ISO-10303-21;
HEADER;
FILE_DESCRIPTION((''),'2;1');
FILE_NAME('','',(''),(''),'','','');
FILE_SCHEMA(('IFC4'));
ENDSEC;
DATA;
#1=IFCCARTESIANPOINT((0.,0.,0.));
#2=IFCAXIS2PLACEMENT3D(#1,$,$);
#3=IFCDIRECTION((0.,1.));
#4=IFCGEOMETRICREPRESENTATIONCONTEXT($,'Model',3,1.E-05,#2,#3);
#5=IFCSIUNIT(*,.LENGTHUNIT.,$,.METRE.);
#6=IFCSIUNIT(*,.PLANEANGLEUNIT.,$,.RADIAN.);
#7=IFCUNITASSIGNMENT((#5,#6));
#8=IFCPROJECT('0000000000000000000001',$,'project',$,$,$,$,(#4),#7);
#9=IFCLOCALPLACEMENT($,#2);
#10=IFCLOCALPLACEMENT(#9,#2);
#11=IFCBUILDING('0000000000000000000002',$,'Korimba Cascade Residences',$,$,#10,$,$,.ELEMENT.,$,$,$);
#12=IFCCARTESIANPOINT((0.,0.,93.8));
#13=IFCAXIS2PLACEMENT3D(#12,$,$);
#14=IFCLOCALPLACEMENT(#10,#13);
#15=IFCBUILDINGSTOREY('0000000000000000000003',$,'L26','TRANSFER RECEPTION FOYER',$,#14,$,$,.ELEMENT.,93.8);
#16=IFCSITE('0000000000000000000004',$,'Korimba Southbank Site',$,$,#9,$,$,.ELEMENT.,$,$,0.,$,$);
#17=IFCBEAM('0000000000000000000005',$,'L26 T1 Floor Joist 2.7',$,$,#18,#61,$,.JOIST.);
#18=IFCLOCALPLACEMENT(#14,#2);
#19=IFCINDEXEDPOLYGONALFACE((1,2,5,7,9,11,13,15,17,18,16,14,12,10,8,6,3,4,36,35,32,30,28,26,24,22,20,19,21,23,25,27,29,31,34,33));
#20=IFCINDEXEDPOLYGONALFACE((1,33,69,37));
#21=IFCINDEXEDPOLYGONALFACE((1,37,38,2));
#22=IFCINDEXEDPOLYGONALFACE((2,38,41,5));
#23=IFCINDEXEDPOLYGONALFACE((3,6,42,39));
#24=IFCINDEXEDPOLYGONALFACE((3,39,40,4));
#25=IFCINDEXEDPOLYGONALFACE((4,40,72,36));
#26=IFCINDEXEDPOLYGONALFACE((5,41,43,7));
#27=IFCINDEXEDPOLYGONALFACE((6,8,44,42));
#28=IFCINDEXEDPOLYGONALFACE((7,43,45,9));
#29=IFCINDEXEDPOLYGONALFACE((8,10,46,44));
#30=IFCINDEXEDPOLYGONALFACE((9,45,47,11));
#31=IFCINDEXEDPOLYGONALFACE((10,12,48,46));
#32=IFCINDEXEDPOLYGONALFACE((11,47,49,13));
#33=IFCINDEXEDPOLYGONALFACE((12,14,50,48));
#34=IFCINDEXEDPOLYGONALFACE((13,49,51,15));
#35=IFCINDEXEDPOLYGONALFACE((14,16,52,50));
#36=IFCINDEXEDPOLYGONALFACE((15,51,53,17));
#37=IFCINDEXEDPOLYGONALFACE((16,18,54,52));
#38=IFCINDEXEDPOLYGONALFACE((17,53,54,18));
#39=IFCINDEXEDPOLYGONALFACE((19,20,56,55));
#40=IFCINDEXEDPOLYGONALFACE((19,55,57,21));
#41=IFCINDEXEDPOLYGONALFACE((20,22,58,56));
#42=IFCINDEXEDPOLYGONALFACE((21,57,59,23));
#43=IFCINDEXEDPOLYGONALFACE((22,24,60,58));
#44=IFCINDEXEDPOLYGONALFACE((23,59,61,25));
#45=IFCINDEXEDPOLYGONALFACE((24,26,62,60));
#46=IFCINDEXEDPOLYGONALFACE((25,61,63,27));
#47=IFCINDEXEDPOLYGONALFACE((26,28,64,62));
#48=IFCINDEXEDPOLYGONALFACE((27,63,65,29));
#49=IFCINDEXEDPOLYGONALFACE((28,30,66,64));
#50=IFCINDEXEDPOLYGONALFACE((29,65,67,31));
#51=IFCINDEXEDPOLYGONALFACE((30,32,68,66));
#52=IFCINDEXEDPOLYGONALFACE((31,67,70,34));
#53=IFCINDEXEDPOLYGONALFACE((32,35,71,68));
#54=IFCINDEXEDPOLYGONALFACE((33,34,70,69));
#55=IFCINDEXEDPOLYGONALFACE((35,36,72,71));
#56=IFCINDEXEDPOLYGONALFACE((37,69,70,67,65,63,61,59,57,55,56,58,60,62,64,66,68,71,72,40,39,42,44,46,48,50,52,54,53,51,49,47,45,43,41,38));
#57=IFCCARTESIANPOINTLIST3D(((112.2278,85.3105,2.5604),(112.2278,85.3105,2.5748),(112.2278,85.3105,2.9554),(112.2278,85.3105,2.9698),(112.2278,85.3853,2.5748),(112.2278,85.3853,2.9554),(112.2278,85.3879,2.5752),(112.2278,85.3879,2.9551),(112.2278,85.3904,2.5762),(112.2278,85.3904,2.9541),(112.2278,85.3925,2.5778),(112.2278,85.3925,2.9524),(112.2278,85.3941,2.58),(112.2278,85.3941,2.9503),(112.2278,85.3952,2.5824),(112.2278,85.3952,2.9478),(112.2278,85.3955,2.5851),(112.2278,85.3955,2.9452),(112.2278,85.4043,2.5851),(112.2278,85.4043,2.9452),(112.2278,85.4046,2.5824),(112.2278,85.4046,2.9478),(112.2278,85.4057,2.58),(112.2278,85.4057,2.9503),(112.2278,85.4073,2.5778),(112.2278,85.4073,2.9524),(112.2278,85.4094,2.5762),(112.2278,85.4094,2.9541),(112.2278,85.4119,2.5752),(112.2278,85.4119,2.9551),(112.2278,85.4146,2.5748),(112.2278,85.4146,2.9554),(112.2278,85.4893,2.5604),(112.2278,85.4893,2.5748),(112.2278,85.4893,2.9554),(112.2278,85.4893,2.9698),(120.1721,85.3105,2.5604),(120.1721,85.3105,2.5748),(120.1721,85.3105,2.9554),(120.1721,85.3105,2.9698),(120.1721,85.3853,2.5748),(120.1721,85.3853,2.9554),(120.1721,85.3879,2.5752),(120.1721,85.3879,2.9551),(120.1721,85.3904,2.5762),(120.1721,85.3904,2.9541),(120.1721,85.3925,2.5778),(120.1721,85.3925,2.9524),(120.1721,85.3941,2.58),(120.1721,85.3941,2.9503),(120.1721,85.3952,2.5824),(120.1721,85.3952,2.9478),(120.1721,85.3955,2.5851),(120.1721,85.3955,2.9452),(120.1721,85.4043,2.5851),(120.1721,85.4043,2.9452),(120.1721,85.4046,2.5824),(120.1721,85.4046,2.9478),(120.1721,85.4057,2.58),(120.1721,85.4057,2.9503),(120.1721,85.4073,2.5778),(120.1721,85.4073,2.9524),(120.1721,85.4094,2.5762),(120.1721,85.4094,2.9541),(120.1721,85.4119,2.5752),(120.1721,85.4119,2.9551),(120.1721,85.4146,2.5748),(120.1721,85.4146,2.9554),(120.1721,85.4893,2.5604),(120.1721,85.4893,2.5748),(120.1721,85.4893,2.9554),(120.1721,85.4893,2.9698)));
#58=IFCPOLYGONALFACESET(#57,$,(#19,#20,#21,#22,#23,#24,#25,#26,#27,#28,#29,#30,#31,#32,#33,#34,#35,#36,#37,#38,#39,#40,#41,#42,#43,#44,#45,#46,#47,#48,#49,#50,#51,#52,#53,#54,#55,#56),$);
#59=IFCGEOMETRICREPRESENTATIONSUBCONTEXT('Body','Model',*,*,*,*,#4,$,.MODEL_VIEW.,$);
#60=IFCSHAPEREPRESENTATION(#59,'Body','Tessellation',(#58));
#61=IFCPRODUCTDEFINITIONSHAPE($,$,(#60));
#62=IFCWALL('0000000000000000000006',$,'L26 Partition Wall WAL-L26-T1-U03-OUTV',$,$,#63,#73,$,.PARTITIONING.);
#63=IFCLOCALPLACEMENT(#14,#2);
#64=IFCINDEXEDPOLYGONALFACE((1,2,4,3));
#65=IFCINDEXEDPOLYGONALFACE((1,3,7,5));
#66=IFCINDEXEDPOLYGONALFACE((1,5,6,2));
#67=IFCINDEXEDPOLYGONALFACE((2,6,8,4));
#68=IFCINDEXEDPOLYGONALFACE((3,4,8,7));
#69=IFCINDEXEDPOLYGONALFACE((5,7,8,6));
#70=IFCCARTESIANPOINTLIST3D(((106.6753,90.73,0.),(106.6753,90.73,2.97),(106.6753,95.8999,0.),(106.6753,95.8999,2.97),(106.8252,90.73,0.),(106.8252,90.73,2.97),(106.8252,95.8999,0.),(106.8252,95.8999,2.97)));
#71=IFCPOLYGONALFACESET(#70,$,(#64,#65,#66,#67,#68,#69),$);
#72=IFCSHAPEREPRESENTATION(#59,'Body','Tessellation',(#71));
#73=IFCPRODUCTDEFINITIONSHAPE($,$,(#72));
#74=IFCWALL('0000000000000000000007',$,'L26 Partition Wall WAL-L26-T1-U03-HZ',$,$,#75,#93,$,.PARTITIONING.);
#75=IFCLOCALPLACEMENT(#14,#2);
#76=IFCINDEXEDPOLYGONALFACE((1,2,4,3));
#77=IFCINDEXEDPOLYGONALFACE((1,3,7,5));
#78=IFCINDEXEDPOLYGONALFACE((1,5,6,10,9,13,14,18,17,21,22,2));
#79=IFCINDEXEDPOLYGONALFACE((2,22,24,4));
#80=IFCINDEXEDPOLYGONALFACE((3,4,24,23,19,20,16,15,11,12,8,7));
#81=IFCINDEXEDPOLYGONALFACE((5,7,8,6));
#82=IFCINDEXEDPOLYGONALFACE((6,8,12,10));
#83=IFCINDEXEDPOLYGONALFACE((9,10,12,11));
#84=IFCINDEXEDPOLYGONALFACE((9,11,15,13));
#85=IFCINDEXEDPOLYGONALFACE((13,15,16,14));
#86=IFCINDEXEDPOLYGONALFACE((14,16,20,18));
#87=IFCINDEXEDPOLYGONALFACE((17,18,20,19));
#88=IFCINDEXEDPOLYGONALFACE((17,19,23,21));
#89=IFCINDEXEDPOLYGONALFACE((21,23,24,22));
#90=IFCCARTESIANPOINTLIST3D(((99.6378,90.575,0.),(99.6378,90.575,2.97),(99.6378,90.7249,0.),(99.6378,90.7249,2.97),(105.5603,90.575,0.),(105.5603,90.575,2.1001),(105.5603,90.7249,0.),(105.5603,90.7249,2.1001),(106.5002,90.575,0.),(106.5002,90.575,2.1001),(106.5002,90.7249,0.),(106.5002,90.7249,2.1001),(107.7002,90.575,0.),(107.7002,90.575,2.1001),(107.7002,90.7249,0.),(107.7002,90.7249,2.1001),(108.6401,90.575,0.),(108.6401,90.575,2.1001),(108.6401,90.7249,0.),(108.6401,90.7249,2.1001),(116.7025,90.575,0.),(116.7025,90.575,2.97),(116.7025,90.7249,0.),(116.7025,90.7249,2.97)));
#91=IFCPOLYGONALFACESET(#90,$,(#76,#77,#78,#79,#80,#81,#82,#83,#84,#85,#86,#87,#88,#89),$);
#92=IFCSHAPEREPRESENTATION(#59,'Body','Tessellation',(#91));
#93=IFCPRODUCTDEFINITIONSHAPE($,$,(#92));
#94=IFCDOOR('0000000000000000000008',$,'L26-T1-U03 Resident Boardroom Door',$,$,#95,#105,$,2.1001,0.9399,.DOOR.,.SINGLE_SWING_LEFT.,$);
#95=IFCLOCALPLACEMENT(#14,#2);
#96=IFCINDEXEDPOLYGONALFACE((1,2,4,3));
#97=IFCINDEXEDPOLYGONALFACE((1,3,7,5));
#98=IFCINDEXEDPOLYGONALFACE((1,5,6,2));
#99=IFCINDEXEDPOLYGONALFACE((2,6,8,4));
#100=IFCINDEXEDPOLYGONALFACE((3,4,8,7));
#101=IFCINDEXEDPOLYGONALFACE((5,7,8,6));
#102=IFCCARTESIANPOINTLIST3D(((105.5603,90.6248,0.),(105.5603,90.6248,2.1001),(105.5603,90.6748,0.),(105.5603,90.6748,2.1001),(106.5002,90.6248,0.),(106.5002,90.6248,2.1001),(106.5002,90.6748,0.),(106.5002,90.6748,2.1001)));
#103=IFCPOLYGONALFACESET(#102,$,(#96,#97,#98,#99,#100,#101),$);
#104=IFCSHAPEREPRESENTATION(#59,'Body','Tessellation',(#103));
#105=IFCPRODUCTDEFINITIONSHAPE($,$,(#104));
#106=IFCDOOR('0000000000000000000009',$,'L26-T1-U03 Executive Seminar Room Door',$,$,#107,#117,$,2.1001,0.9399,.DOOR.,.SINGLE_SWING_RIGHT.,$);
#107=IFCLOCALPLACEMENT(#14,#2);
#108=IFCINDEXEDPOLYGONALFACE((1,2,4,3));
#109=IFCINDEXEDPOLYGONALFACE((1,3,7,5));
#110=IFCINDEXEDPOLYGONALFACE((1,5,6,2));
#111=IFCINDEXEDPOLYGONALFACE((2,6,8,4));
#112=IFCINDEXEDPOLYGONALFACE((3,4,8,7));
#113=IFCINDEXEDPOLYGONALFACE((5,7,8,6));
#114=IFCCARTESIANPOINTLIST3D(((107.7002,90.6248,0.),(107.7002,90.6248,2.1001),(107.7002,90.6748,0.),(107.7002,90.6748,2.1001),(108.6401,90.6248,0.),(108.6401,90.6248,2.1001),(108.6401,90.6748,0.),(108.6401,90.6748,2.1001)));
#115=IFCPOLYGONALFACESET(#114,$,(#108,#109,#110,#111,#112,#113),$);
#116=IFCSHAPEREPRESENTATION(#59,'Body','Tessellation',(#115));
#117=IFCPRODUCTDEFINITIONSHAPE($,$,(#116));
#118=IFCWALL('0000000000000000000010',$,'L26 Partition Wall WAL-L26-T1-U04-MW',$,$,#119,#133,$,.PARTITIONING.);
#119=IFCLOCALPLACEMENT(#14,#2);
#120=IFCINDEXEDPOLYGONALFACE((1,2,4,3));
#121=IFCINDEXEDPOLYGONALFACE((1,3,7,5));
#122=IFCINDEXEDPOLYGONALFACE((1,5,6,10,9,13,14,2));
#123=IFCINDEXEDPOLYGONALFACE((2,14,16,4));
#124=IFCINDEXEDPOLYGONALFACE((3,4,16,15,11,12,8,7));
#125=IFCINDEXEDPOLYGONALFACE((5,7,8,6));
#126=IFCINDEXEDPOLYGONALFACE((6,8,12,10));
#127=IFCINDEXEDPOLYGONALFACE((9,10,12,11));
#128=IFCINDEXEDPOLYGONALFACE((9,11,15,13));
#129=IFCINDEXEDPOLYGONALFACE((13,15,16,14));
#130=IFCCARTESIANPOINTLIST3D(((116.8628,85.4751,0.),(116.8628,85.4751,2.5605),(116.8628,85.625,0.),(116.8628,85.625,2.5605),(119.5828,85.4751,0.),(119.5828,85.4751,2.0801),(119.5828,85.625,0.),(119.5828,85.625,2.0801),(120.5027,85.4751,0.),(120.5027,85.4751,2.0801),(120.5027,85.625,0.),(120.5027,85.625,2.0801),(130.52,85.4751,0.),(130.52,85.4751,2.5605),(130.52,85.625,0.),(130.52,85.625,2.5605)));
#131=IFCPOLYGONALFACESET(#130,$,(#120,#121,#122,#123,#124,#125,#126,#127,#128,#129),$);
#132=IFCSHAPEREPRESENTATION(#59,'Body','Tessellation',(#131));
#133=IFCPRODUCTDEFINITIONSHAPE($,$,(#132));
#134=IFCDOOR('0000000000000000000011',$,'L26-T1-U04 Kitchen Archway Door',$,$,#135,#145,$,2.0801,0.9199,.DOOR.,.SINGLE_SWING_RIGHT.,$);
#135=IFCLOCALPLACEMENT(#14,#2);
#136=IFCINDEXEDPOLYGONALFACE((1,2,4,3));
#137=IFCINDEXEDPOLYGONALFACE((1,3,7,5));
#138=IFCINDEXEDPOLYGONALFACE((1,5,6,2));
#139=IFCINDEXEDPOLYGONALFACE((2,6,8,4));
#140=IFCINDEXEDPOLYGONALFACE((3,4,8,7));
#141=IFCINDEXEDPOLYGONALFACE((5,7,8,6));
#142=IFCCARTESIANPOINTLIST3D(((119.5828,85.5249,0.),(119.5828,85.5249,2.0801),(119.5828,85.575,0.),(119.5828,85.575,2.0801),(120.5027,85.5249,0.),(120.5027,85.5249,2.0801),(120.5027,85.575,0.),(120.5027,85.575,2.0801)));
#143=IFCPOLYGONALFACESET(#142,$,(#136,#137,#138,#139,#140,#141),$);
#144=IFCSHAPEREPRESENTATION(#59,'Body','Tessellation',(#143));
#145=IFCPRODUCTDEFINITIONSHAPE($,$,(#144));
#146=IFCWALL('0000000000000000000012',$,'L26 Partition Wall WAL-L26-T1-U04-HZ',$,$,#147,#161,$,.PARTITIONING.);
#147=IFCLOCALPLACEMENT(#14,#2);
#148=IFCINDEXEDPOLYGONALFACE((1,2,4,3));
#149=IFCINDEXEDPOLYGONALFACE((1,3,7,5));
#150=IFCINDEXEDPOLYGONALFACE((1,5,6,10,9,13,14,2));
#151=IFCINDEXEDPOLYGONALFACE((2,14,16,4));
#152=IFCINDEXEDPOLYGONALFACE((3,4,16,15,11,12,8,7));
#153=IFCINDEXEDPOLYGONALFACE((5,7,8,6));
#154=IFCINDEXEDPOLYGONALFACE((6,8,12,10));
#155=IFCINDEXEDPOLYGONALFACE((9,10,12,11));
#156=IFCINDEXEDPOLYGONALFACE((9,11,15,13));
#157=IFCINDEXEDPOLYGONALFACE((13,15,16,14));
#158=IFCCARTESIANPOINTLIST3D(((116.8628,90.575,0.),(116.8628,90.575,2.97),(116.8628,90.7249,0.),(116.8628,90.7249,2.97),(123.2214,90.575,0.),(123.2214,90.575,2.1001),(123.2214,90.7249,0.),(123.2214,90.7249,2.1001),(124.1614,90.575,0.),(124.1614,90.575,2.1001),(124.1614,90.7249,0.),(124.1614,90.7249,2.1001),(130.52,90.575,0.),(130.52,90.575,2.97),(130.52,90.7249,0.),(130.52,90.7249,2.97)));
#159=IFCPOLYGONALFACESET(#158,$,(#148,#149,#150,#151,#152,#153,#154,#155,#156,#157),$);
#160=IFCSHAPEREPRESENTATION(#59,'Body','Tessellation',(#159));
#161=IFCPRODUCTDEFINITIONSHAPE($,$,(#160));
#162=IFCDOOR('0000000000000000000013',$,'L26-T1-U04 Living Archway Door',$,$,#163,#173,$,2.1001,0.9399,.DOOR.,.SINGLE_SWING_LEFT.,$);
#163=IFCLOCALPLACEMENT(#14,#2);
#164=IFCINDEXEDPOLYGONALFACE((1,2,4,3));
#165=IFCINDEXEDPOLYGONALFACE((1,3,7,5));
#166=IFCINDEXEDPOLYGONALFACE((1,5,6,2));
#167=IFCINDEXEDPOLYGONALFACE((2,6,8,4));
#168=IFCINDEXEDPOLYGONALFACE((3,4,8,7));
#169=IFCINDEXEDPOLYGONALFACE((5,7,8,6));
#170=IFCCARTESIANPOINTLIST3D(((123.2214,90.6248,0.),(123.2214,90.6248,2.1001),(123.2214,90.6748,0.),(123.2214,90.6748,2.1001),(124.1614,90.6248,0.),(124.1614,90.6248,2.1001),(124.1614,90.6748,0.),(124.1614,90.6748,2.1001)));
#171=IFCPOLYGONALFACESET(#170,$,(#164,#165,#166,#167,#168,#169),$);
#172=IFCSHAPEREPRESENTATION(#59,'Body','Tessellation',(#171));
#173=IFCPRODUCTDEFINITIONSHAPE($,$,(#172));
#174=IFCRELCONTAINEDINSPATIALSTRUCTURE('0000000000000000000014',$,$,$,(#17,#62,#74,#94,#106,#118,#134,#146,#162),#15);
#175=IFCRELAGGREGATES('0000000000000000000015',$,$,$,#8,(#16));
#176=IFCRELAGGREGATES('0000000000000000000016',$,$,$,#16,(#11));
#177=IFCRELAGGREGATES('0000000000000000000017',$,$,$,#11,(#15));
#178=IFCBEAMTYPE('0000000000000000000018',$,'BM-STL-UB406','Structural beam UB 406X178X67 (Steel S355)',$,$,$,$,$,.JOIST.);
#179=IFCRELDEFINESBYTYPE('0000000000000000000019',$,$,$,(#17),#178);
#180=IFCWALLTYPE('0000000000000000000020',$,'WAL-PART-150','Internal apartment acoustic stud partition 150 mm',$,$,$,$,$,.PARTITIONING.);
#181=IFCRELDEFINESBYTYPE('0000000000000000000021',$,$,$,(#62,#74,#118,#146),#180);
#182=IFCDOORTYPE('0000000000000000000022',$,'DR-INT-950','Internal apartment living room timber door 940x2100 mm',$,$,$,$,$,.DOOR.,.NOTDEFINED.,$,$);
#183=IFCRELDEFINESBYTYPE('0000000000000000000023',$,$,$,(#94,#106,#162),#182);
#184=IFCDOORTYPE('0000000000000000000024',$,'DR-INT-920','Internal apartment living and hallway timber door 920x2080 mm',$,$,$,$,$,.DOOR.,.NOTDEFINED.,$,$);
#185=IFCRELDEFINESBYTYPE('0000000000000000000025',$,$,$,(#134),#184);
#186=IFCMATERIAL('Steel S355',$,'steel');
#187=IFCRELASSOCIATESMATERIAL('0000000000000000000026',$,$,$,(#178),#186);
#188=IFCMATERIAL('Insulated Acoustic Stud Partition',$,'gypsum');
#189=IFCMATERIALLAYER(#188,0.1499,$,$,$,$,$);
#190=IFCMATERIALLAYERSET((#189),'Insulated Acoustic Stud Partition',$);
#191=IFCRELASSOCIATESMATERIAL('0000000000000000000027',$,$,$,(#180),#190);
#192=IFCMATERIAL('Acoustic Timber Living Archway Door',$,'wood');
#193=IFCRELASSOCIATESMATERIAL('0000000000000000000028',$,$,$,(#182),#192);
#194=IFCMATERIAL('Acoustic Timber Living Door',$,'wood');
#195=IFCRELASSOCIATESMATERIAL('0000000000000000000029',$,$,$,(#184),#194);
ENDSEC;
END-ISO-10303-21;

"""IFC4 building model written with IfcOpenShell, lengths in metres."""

from ifc_helpers import new_model, si_unit, direction, frame, frame_2d, origin, origin_2d, place, context, subcontext, project, spatial, rectangle, i_section, extrude, material, layer, layer_set, material_profile, profile_set, type_object, element, fill, save


model = new_model("IFC4")

# Units and contexts
model_context = context("Model", 3, precision=1e-05, world=origin(), true_north=direction((0.0, 1.0)))
body_context = subcontext(model_context, "Body", "Model", "MODEL_VIEW")
ifc_project = project(units=[si_unit("LENGTHUNIT", "METRE"), si_unit("PLANEANGLEUNIT", "RADIAN")], contexts=[model_context])

# Site, building, storey
site_placement = place(None, origin())
site = spatial("IfcSite", under=ifc_project, at=site_placement, Name="Korimba Southbank Site", CompositionType="ELEMENT", RefElevation=0.0)
building_placement = place(site_placement, origin())
building = spatial("IfcBuilding", under=site, at=building_placement, Name="Korimba Cascade Residences", CompositionType="ELEMENT")
storey_placement = place(building_placement, frame((0.0, 0.0, 93.8)))
storey = spatial("IfcBuildingStorey", under=building, at=storey_placement, Name="L26", Description="TRANSFER RECEPTION FOYER", CompositionType="ELEMENT", Elevation=93.8)

# Beam
ifc_material_1 = material(Name="Steel S355", Category="steel")
ifc_material_profile_1 = material_profile(ifc_material_1, i_section(OverallWidth=0.1787, OverallDepth=0.4094, WebThickness=0.0088, FlangeThickness=0.0144, FilletRadius=0.0103, at=origin_2d()), Name="Steel S355")
ifc_profile_set_1 = profile_set([ifc_material_profile_1], Name="Steel S355")
beam_type_1 = type_object("IfcBeamType", Name="BM-STL-UB406", Description="Structural beam UB 406X178X67 (Steel S355)", PredefinedType="JOIST", material=ifc_profile_set_1)
beam_1_placement = place(storey_placement, frame((112.2278, 85.3999, 2.7651), z_axis=(1.0, 0.0, 0.0), x_axis=(0.0, 1.0, 0.0)))
element("IfcBeam", 1, at=beam_1_placement, inside=storey, type_object=beam_type_1, Name="L26 T1 Floor Joist 2.7", PredefinedType="JOIST", context=body_context, shape_type="SweptSolid", body=[
    extrude(i_section(OverallWidth=0.1787, OverallDepth=0.4094, WebThickness=0.0088, FlangeThickness=0.0144, FilletRadius=0.0103, at=origin_2d()), origin(), (0.0, 0.0, 1.0), 7.9443),
])

# Wall
ifc_material_2 = material(Name="Insulated Acoustic Stud Partition", Category="gypsum")
ifc_layer = layer(ifc_material_2, 0.1499)
ifc_layer_set = layer_set([ifc_layer], Name="Insulated Acoustic Stud Partition")
wall_type = type_object("IfcWallType", Name="WAL-PART-150", Description="Internal apartment acoustic stud partition 150 mm", PredefinedType="PARTITIONING", material=ifc_layer_set)
wall_1_placement = place(storey_placement, frame((106.7502, 90.73, 0.0), z_axis=(0.0, 0.0, 1.0), x_axis=(0.0, 1.0, 0.0)))
element("IfcWall", 2, at=wall_1_placement, inside=storey, type_object=wall_type, Name="L26 Partition Wall WAL-L26-T1-U03-OUTV", PredefinedType="PARTITIONING", context=body_context, shape_type="SweptSolid", body=[
    extrude(rectangle(XDim=5.1699, YDim=0.1499, at=frame_2d((2.585, 0.0))), origin(), (0.0, 0.0, 1.0), 2.97),
])

# Wall, openings, doors
wall_2_placement = place(storey_placement, frame((99.6379, 90.6499, 0.0), z_axis=(0.0, 0.0, 1.0), x_axis=(1.0, 0.0, 0.0)))
wall_2 = element("IfcWall", 3, at=wall_2_placement, inside=storey, type_object=wall_type, Name="L26 Partition Wall WAL-L26-T1-U03-HZ", PredefinedType="PARTITIONING", context=body_context, shape_type="SweptSolid", body=[
    extrude(rectangle(XDim=17.0647, YDim=0.1499, at=frame_2d((8.5322, 0.0))), origin(), (0.0, 0.0, 1.0), 2.97),
])
opening_1_placement = place(wall_2_placement, frame((5.9224, 0.0, 0.0)))
opening_1 = element("IfcOpeningElement", 4, at=opening_1_placement, cuts=wall_2, PredefinedType="OPENING", context=body_context, shape_type="SweptSolid", body=[
    extrude(rectangle(XDim=0.9399, YDim=2.1001, at=frame_2d((0.47, 1.05))), frame((0.0, 0.085, 0.0), z_axis=(0.0, -1.0, 0.0), x_axis=(1.0, 0.0, 0.0)), (0.0, 0.0, 1.0), 0.1699),
])
opening_2_placement = place(wall_2_placement, frame((8.0623, 0.0, 0.0)))
opening_2 = element("IfcOpeningElement", 5, at=opening_2_placement, cuts=wall_2, PredefinedType="OPENING", context=body_context, shape_type="SweptSolid", body=[
    extrude(rectangle(XDim=0.9399, YDim=2.1001, at=frame_2d((0.47, 1.05))), frame((0.0, 0.085, 0.0), z_axis=(0.0, -1.0, 0.0), x_axis=(1.0, 0.0, 0.0)), (0.0, 0.0, 1.0), 0.1699),
])
ifc_material_3 = material(Name="Acoustic Timber Living Archway Door", Category="wood")
door_type_1 = type_object("IfcDoorType", Name="DR-INT-950", Description="Internal apartment living room timber door 940x2100 mm", OperationType="NOTDEFINED", PredefinedType="DOOR", material=ifc_material_3)
door_1_placement = place(opening_1_placement, origin())
door_1 = element("IfcDoor", 6, at=door_1_placement, inside=storey, type_object=door_type_1, Name="L26-T1-U03 Resident Boardroom Door", OperationType="SINGLE_SWING_LEFT", OverallHeight=2.1001, OverallWidth=0.9399, PredefinedType="DOOR", context=body_context, shape_type="SweptSolid", body=[
    extrude(rectangle(XDim=0.9399, YDim=2.1001, at=frame_2d((0.47, 1.05))), frame((0.0, 0.0249, 0.0), z_axis=(0.0, -1.0, 0.0), x_axis=(1.0, 0.0, 0.0)), (0.0, 0.0, 1.0), 0.05),
])
fill(opening_1, door_1)
door_2_placement = place(opening_2_placement, origin())
door_2 = element("IfcDoor", 7, at=door_2_placement, inside=storey, type_object=door_type_1, Name="L26-T1-U03 Executive Seminar Room Door", OperationType="SINGLE_SWING_RIGHT", OverallHeight=2.1001, OverallWidth=0.9399, PredefinedType="DOOR", context=body_context, shape_type="SweptSolid", body=[
    extrude(rectangle(XDim=0.9399, YDim=2.1001, at=frame_2d((0.47, 1.05))), frame((0.0, 0.0249, 0.0), z_axis=(0.0, -1.0, 0.0), x_axis=(1.0, 0.0, 0.0)), (0.0, 0.0, 1.0), 0.05),
])
fill(opening_2, door_2)

# Walls, openings, doors
wall_3_placement = place(storey_placement, frame((116.8628, 85.55, 0.0), z_axis=(0.0, 0.0, 1.0), x_axis=(1.0, 0.0, 0.0)))
wall_3 = element("IfcWall", 8, at=wall_3_placement, inside=storey, type_object=wall_type, Name="L26 Partition Wall WAL-L26-T1-U04-MW", PredefinedType="PARTITIONING", context=body_context, shape_type="SweptSolid", body=[
    extrude(rectangle(XDim=13.6572, YDim=0.1499, at=frame_2d((6.8286, 0.0))), origin(), (0.0, 0.0, 1.0), 2.5605),
])
opening_3_placement = place(wall_3_placement, frame((2.72, 0.0, 0.0)))
opening_3 = element("IfcOpeningElement", 9, at=opening_3_placement, cuts=wall_3, PredefinedType="OPENING", context=body_context, shape_type="SweptSolid", body=[
    extrude(rectangle(XDim=0.9199, YDim=2.0801, at=frame_2d((0.46, 1.04))), frame((0.0, 0.085, 0.0), z_axis=(0.0, -1.0, 0.0), x_axis=(1.0, 0.0, 0.0)), (0.0, 0.0, 1.0), 0.1699),
])
ifc_material_4 = material(Name="Acoustic Timber Living Door", Category="wood")
door_type_2 = type_object("IfcDoorType", Name="DR-INT-920", Description="Internal apartment living and hallway timber door 920x2080 mm", OperationType="NOTDEFINED", PredefinedType="DOOR", material=ifc_material_4)
door_3_placement = place(opening_3_placement, origin())
door_3 = element("IfcDoor", 10, at=door_3_placement, inside=storey, type_object=door_type_2, Name="L26-T1-U04 Kitchen Archway Door", OperationType="SINGLE_SWING_RIGHT", OverallHeight=2.0801, OverallWidth=0.9199, PredefinedType="DOOR", context=body_context, shape_type="SweptSolid", body=[
    extrude(rectangle(XDim=0.9199, YDim=2.0801, at=frame_2d((0.46, 1.04))), frame((0.0, 0.0249, 0.0), z_axis=(0.0, -1.0, 0.0), x_axis=(1.0, 0.0, 0.0)), (0.0, 0.0, 1.0), 0.05),
])
fill(opening_3, door_3)
wall_4_placement = place(storey_placement, frame((116.8628, 90.6499, 0.0), z_axis=(0.0, 0.0, 1.0), x_axis=(1.0, 0.0, 0.0)))
wall_4 = element("IfcWall", 11, at=wall_4_placement, inside=storey, type_object=wall_type, Name="L26 Partition Wall WAL-L26-T1-U04-HZ", PredefinedType="PARTITIONING", context=body_context, shape_type="SweptSolid", body=[
    extrude(rectangle(XDim=13.6572, YDim=0.1499, at=frame_2d((6.8286, 0.0))), origin(), (0.0, 0.0, 1.0), 2.97),
])
opening_4_placement = place(wall_4_placement, frame((6.3586, 0.0, 0.0)))
opening_4 = element("IfcOpeningElement", 12, at=opening_4_placement, cuts=wall_4, PredefinedType="OPENING", context=body_context, shape_type="SweptSolid", body=[
    extrude(rectangle(XDim=0.9399, YDim=2.1001, at=frame_2d((0.47, 1.05))), frame((0.0, 0.085, 0.0), z_axis=(0.0, -1.0, 0.0), x_axis=(1.0, 0.0, 0.0)), (0.0, 0.0, 1.0), 0.1699),
])
door_4_placement = place(opening_4_placement, origin())
door_4 = element("IfcDoor", 13, at=door_4_placement, inside=storey, type_object=door_type_1, Name="L26-T1-U04 Living Archway Door", OperationType="SINGLE_SWING_LEFT", OverallHeight=2.1001, OverallWidth=0.9399, PredefinedType="DOOR", context=body_context, shape_type="SweptSolid", body=[
    extrude(rectangle(XDim=0.9399, YDim=2.1001, at=frame_2d((0.47, 1.05))), frame((0.0, 0.0249, 0.0), z_axis=(0.0, -1.0, 0.0), x_axis=(1.0, 0.0, 0.0)), (0.0, 0.0, 1.0), 0.05),
])
fill(opening_4, door_4)

save(model, "model.ifc")
